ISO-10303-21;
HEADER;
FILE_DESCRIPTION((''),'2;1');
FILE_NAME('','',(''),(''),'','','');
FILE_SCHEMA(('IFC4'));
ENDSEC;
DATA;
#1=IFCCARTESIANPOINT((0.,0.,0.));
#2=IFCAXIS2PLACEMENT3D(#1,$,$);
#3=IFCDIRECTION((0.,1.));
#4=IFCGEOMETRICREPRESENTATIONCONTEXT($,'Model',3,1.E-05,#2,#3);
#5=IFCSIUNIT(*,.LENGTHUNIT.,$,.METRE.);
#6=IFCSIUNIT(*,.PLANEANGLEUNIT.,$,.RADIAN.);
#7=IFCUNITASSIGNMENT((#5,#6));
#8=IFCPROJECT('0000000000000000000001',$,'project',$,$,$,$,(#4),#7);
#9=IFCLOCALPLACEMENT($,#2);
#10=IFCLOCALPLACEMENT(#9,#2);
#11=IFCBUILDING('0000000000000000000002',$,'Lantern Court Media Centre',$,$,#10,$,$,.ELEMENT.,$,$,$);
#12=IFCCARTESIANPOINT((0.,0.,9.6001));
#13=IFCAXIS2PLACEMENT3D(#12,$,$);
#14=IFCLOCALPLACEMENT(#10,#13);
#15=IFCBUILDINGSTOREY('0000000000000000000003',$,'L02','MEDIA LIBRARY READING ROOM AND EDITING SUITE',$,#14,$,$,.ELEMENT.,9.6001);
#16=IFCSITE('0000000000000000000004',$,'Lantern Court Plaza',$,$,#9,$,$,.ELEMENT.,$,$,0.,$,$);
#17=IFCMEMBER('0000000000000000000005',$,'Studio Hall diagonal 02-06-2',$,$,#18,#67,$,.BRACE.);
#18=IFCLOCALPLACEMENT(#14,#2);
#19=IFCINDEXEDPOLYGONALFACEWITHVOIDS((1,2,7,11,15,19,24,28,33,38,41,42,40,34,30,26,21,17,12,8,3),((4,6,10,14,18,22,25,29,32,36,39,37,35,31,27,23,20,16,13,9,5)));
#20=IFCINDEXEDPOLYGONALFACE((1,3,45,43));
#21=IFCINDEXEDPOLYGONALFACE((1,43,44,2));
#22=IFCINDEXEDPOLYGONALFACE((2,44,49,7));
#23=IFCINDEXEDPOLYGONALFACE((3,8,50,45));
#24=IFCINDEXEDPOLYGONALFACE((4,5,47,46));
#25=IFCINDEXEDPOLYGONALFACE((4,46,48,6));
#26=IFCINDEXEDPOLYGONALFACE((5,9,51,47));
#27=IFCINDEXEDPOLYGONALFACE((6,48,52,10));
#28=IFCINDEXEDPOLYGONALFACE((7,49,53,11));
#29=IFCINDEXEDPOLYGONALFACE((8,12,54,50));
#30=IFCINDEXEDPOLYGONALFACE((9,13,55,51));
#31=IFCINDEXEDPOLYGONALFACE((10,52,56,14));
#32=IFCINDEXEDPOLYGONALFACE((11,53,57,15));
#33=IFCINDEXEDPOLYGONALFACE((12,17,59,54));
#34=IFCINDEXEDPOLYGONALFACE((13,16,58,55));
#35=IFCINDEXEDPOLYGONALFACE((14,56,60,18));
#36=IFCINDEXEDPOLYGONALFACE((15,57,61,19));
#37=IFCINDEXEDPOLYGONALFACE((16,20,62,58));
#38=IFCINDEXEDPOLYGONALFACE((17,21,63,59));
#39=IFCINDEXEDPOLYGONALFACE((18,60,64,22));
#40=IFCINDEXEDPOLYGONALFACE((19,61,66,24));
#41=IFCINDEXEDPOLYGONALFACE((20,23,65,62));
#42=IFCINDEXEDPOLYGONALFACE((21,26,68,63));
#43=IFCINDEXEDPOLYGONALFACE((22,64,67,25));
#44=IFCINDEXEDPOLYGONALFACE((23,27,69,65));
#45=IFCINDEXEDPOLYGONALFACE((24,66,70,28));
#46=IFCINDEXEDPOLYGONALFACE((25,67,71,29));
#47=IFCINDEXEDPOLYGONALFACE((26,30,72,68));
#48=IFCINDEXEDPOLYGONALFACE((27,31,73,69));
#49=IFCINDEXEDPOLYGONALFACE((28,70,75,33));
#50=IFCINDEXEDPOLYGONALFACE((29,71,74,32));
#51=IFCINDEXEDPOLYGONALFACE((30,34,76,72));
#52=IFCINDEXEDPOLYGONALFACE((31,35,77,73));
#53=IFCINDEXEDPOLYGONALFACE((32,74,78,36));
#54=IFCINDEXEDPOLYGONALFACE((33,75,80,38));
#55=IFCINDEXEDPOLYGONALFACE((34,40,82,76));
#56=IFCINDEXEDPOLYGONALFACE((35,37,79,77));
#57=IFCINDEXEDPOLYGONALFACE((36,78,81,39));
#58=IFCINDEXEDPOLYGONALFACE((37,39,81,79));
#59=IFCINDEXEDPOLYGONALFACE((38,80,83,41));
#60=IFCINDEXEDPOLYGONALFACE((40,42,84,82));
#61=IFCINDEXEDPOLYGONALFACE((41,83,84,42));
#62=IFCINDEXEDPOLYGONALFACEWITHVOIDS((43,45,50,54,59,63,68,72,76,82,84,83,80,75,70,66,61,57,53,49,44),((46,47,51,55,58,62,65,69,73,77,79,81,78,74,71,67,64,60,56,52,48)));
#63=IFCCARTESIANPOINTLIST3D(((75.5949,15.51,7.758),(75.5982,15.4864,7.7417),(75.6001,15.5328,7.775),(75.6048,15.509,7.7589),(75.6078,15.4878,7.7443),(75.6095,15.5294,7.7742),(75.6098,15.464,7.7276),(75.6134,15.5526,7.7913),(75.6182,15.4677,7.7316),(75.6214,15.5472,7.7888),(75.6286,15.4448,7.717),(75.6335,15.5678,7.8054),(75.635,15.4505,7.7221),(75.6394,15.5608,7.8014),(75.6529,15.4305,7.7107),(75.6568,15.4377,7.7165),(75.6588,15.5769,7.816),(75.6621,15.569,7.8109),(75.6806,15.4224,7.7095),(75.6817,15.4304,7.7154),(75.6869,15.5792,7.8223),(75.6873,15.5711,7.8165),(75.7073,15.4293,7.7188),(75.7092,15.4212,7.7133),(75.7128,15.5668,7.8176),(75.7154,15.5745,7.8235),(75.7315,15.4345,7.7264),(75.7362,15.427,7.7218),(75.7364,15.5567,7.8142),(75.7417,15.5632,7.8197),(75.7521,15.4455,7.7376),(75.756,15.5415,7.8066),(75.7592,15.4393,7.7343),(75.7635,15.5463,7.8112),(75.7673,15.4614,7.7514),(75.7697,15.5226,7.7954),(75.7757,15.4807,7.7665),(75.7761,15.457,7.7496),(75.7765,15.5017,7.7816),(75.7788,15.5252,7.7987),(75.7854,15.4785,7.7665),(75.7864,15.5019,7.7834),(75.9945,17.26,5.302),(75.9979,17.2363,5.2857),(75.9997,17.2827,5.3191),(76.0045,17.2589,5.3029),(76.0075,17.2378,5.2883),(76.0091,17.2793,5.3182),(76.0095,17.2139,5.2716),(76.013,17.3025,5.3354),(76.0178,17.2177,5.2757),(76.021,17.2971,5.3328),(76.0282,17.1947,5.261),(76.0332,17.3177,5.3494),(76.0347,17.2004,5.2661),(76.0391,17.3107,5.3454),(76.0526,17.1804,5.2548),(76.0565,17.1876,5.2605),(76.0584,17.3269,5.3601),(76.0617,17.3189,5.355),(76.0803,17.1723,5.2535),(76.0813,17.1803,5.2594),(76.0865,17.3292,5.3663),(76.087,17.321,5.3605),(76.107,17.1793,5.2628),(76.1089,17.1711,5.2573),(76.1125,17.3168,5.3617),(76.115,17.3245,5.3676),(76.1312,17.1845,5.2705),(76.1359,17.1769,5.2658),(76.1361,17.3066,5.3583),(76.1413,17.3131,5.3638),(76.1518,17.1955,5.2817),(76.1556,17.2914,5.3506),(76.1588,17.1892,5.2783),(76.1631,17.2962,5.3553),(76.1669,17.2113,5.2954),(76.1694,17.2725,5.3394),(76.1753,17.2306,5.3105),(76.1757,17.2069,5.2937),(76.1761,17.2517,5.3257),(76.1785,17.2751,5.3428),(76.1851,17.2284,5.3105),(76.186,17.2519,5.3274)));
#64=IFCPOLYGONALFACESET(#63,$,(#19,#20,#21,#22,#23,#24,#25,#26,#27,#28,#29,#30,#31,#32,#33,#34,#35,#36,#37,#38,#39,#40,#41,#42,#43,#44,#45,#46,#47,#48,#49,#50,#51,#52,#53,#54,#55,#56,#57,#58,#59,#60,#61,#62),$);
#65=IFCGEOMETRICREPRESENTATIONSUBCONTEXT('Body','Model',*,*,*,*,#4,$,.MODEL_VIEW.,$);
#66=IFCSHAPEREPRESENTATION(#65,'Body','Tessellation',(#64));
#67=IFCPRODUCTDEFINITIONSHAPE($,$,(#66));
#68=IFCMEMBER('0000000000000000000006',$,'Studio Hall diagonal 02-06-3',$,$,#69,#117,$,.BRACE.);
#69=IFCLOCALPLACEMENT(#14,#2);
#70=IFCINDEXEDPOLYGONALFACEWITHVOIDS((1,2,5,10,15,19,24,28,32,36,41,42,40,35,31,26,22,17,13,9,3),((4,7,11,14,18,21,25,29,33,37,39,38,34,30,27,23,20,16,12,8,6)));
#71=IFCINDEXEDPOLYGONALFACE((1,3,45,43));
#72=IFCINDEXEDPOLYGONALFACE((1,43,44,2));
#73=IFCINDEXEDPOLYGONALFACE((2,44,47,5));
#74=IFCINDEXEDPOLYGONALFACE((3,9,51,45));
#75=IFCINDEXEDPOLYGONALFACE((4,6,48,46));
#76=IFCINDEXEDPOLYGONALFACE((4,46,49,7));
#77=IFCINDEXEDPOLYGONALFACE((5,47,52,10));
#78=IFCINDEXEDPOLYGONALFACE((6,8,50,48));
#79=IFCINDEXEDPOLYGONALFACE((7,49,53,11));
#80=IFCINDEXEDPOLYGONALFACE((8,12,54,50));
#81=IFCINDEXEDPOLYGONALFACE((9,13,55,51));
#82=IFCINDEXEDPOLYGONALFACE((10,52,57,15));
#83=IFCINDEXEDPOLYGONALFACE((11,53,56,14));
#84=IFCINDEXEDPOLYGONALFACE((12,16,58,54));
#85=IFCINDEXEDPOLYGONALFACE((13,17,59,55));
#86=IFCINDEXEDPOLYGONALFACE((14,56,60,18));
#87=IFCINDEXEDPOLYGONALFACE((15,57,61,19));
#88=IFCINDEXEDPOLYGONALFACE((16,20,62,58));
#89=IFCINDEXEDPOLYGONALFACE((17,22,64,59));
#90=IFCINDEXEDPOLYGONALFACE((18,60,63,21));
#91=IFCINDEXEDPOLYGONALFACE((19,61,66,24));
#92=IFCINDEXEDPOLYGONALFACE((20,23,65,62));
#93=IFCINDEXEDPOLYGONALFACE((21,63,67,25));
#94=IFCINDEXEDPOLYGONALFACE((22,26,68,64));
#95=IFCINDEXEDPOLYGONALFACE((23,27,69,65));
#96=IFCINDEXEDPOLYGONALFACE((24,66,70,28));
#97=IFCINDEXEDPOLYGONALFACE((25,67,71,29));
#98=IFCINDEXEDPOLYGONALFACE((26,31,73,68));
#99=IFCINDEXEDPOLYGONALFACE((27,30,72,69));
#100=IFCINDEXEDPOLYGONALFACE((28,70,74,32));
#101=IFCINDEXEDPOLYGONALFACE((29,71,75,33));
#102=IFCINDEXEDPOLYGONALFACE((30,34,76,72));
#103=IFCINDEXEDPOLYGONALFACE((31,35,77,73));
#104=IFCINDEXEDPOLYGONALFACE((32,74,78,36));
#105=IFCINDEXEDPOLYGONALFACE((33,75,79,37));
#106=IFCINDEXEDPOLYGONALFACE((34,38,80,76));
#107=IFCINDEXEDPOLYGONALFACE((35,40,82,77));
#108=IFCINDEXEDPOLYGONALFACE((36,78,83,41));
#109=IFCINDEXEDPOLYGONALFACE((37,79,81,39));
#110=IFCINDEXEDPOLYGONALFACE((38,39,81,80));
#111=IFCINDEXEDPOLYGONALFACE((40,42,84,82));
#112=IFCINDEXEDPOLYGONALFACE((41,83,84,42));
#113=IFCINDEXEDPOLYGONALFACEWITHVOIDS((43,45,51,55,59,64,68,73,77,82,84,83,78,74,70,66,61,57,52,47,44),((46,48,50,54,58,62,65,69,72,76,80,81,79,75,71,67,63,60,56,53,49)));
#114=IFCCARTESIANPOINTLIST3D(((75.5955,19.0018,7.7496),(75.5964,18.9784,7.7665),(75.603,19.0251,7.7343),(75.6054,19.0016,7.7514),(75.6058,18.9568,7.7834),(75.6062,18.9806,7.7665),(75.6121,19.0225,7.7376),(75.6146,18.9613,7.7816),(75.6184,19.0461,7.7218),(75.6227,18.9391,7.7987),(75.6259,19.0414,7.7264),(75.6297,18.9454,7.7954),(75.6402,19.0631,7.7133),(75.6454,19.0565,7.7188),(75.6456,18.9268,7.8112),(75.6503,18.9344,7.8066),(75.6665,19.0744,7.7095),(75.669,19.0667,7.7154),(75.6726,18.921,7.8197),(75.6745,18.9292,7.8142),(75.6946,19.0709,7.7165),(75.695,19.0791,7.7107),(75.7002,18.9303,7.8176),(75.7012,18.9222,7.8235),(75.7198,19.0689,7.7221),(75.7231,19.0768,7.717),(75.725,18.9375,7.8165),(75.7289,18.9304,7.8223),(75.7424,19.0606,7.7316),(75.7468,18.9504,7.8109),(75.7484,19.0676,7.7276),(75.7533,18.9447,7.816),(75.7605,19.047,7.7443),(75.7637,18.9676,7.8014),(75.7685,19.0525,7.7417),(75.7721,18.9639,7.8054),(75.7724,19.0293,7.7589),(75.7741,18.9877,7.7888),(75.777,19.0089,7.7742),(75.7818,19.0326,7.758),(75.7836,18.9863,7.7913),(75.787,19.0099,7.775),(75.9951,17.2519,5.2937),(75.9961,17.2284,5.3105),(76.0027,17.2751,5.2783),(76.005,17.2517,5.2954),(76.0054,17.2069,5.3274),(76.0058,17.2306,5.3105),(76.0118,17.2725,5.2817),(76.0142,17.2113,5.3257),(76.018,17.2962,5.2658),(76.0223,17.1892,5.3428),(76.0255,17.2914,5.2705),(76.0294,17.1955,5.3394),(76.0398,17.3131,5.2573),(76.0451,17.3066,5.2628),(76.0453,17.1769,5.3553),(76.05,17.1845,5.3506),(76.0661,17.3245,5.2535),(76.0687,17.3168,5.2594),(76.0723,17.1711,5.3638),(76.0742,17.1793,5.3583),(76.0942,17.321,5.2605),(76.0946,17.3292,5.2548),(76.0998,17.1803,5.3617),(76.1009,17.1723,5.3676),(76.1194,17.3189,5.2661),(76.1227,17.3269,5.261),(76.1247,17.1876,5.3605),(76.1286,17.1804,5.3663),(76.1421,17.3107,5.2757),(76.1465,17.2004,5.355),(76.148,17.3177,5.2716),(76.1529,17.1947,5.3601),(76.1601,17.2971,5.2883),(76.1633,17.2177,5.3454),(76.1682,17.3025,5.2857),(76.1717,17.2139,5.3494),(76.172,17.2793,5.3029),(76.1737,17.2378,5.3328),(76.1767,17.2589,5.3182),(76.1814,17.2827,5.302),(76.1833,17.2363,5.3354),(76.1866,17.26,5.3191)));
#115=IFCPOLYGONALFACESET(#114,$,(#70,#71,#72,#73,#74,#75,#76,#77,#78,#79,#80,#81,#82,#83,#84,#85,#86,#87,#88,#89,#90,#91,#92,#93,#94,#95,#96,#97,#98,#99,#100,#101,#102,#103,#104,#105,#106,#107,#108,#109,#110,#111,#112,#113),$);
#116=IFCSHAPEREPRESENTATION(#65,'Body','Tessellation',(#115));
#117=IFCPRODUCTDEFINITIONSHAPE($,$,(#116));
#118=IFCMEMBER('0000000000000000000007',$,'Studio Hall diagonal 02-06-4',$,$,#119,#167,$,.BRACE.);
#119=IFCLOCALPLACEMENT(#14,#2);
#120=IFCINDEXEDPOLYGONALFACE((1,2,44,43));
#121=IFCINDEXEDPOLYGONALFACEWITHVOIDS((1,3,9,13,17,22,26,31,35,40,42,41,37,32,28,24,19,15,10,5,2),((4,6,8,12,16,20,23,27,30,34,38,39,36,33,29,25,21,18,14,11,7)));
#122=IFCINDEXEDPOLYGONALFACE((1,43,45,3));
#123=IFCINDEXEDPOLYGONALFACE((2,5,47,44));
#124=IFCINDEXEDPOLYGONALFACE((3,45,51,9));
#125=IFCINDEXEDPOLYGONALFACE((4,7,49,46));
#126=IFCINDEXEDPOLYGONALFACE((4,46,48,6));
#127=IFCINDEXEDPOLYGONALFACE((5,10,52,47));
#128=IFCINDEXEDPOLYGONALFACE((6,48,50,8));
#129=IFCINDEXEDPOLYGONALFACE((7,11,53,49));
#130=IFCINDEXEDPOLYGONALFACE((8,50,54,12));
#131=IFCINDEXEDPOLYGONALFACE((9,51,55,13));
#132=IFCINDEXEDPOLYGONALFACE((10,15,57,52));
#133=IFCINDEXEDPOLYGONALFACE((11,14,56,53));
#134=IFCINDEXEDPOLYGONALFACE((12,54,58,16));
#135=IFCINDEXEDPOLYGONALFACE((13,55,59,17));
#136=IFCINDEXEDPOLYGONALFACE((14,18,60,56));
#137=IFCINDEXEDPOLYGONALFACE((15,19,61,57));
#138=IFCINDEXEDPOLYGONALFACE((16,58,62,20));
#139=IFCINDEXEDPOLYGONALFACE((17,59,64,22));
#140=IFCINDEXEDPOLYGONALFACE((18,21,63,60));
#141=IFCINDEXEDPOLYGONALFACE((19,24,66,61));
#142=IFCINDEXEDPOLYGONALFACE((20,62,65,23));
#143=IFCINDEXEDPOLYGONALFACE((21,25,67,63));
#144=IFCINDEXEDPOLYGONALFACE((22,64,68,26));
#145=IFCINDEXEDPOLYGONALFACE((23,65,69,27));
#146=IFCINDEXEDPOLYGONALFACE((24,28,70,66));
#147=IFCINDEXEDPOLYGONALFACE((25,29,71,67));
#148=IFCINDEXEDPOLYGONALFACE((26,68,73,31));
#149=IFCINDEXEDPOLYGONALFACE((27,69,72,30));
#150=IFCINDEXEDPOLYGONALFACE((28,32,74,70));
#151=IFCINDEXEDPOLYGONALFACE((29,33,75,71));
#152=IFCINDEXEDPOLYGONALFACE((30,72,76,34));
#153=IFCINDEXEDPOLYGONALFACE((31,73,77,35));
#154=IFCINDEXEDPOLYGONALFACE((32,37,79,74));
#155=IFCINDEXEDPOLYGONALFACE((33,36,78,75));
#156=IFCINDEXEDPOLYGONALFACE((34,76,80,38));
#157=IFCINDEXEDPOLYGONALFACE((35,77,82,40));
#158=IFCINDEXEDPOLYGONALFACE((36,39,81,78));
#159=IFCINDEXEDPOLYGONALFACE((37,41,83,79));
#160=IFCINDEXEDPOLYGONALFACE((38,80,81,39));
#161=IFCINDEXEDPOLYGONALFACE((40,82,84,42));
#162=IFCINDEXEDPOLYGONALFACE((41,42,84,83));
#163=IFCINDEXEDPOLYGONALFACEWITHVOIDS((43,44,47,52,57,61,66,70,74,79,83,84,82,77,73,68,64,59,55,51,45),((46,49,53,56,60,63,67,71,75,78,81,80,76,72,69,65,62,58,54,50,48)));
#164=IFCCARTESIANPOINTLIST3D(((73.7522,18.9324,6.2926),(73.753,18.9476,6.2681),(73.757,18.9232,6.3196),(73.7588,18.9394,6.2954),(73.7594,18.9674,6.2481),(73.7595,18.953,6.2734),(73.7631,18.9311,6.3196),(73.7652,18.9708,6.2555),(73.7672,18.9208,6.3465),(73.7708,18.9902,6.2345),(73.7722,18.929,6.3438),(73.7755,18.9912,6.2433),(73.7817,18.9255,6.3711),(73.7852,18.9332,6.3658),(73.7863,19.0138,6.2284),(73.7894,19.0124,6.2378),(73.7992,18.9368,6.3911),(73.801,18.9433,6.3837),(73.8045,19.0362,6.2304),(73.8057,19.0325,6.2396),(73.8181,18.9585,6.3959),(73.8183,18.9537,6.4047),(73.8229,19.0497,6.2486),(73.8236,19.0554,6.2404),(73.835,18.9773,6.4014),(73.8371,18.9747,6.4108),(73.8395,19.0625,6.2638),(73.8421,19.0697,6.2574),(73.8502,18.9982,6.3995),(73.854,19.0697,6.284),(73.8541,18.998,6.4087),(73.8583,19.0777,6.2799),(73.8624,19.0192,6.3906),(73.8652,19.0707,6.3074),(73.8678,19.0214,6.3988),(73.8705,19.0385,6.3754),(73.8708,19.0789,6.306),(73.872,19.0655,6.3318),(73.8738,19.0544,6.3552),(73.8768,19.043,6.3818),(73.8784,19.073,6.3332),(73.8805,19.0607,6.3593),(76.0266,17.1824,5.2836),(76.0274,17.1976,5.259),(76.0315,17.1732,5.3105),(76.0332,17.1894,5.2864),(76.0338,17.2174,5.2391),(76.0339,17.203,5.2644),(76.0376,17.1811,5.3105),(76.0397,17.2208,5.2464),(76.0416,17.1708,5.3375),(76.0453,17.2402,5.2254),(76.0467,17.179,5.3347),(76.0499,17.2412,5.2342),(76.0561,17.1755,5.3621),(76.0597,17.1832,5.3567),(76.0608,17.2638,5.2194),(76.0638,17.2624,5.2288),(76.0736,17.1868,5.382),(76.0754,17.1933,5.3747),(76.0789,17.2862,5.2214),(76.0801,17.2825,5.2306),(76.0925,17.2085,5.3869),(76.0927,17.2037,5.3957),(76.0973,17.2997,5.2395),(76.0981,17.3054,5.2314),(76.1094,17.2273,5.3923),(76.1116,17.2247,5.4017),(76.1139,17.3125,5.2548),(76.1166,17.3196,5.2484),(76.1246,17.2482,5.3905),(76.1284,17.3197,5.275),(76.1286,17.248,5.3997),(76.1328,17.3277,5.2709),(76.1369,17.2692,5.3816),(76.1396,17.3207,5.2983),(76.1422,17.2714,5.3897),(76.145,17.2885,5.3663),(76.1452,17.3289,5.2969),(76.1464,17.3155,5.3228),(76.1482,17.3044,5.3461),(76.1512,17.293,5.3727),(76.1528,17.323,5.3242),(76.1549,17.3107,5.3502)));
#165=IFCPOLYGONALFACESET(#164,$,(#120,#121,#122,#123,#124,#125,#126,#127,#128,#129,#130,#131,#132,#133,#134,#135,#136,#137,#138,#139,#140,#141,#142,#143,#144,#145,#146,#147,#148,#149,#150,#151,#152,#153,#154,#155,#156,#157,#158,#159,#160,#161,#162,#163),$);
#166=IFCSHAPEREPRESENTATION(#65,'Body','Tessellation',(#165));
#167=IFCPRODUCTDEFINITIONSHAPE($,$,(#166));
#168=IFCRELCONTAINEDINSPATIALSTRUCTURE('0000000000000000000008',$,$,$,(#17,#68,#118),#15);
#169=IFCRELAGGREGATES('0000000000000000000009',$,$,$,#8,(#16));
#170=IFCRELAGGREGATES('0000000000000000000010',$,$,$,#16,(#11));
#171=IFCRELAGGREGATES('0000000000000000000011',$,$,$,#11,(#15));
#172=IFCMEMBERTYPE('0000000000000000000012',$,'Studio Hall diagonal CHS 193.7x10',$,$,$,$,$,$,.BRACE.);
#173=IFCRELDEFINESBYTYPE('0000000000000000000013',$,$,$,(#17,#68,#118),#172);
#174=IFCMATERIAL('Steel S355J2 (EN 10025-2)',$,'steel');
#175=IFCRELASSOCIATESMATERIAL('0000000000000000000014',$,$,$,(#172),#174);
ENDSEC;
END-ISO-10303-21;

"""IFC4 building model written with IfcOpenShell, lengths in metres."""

from ifc_helpers import new_model, si_unit, direction, frame, origin, origin_2d, place, context, subcontext, project, spatial, hollow_circle, extrude, material, material_profile, profile_set, type_object, element, save


model = new_model("IFC4")

# Units and contexts
model_context = context("Model", 3, precision=1e-05, world=origin(), true_north=direction((0.0, 1.0)))
body_context = subcontext(model_context, "Body", "Model", "MODEL_VIEW")
ifc_project = project(units=[si_unit("LENGTHUNIT", "METRE"), si_unit("PLANEANGLEUNIT", "RADIAN")], contexts=[model_context])

# Site, building, storey
site_placement = place(None, origin())
site = spatial("IfcSite", under=ifc_project, at=site_placement, Name="Lantern Court Plaza", CompositionType="ELEMENT", RefElevation=0.0)
building_placement = place(site_placement, origin())
building = spatial("IfcBuilding", under=site, at=building_placement, Name="Lantern Court Media Centre", CompositionType="ELEMENT")
storey_placement = place(building_placement, frame((0.0, 0.0, 9.6001)))
storey = spatial("IfcBuildingStorey", under=building, at=storey_placement, Name="L02", Description="MEDIA LIBRARY READING ROOM AND EDITING SUITE", CompositionType="ELEMENT", Elevation=9.6001)

# Members
ifc_material_1 = material(Name="Steel S355J2 (EN 10025-2)", Category="steel")
ifc_material_profile_1 = material_profile(ifc_material_1, hollow_circle(Radius=0.0969, WallThickness=0.01, at=origin_2d()), Name="Studio Hall diagonal CHS 193.7x10")
ifc_profile_set_1 = profile_set([ifc_material_profile_1], Name="Steel S355J2 (EN 10025-2)")
member_type_1 = type_object("IfcMemberType", Name="Studio Hall diagonal CHS 193.7x10", PredefinedType="BRACE", material=ifc_profile_set_1)
for number, where, z_axis, x_axis, name in (
    (1, (76.0906, 17.25, 5.3105), (-0.131375, -0.575259, 0.807352), (0.9749, -0.222644, 0.0), "Studio Hall diagonal 02-06-2"),
    (2, (76.0906, 17.25, 5.3105), (-0.131375, 0.575259, 0.807352), (-0.9749, -0.222644, 0.0), "Studio Hall diagonal 02-06-3"),
    (3, (76.0906, 17.25, 5.3105), (-0.747677, 0.575284, 0.331703), (-0.609809, -0.792548, 0.0), "Studio Hall diagonal 02-06-4"),
):
    element("IfcMember", number, at=place(storey_placement, frame(where, z_axis=z_axis, x_axis=x_axis)), inside=storey, type_object=member_type_1, Name=name, PredefinedType="BRACE", context=body_context, shape_type="SweptSolid", body=[
        extrude(hollow_circle(Radius=0.0969, WallThickness=0.01, at=origin_2d()), origin(), (0.0, 0.0, 1.0), 3.042),
    ])

save(model, "model.ifc")
